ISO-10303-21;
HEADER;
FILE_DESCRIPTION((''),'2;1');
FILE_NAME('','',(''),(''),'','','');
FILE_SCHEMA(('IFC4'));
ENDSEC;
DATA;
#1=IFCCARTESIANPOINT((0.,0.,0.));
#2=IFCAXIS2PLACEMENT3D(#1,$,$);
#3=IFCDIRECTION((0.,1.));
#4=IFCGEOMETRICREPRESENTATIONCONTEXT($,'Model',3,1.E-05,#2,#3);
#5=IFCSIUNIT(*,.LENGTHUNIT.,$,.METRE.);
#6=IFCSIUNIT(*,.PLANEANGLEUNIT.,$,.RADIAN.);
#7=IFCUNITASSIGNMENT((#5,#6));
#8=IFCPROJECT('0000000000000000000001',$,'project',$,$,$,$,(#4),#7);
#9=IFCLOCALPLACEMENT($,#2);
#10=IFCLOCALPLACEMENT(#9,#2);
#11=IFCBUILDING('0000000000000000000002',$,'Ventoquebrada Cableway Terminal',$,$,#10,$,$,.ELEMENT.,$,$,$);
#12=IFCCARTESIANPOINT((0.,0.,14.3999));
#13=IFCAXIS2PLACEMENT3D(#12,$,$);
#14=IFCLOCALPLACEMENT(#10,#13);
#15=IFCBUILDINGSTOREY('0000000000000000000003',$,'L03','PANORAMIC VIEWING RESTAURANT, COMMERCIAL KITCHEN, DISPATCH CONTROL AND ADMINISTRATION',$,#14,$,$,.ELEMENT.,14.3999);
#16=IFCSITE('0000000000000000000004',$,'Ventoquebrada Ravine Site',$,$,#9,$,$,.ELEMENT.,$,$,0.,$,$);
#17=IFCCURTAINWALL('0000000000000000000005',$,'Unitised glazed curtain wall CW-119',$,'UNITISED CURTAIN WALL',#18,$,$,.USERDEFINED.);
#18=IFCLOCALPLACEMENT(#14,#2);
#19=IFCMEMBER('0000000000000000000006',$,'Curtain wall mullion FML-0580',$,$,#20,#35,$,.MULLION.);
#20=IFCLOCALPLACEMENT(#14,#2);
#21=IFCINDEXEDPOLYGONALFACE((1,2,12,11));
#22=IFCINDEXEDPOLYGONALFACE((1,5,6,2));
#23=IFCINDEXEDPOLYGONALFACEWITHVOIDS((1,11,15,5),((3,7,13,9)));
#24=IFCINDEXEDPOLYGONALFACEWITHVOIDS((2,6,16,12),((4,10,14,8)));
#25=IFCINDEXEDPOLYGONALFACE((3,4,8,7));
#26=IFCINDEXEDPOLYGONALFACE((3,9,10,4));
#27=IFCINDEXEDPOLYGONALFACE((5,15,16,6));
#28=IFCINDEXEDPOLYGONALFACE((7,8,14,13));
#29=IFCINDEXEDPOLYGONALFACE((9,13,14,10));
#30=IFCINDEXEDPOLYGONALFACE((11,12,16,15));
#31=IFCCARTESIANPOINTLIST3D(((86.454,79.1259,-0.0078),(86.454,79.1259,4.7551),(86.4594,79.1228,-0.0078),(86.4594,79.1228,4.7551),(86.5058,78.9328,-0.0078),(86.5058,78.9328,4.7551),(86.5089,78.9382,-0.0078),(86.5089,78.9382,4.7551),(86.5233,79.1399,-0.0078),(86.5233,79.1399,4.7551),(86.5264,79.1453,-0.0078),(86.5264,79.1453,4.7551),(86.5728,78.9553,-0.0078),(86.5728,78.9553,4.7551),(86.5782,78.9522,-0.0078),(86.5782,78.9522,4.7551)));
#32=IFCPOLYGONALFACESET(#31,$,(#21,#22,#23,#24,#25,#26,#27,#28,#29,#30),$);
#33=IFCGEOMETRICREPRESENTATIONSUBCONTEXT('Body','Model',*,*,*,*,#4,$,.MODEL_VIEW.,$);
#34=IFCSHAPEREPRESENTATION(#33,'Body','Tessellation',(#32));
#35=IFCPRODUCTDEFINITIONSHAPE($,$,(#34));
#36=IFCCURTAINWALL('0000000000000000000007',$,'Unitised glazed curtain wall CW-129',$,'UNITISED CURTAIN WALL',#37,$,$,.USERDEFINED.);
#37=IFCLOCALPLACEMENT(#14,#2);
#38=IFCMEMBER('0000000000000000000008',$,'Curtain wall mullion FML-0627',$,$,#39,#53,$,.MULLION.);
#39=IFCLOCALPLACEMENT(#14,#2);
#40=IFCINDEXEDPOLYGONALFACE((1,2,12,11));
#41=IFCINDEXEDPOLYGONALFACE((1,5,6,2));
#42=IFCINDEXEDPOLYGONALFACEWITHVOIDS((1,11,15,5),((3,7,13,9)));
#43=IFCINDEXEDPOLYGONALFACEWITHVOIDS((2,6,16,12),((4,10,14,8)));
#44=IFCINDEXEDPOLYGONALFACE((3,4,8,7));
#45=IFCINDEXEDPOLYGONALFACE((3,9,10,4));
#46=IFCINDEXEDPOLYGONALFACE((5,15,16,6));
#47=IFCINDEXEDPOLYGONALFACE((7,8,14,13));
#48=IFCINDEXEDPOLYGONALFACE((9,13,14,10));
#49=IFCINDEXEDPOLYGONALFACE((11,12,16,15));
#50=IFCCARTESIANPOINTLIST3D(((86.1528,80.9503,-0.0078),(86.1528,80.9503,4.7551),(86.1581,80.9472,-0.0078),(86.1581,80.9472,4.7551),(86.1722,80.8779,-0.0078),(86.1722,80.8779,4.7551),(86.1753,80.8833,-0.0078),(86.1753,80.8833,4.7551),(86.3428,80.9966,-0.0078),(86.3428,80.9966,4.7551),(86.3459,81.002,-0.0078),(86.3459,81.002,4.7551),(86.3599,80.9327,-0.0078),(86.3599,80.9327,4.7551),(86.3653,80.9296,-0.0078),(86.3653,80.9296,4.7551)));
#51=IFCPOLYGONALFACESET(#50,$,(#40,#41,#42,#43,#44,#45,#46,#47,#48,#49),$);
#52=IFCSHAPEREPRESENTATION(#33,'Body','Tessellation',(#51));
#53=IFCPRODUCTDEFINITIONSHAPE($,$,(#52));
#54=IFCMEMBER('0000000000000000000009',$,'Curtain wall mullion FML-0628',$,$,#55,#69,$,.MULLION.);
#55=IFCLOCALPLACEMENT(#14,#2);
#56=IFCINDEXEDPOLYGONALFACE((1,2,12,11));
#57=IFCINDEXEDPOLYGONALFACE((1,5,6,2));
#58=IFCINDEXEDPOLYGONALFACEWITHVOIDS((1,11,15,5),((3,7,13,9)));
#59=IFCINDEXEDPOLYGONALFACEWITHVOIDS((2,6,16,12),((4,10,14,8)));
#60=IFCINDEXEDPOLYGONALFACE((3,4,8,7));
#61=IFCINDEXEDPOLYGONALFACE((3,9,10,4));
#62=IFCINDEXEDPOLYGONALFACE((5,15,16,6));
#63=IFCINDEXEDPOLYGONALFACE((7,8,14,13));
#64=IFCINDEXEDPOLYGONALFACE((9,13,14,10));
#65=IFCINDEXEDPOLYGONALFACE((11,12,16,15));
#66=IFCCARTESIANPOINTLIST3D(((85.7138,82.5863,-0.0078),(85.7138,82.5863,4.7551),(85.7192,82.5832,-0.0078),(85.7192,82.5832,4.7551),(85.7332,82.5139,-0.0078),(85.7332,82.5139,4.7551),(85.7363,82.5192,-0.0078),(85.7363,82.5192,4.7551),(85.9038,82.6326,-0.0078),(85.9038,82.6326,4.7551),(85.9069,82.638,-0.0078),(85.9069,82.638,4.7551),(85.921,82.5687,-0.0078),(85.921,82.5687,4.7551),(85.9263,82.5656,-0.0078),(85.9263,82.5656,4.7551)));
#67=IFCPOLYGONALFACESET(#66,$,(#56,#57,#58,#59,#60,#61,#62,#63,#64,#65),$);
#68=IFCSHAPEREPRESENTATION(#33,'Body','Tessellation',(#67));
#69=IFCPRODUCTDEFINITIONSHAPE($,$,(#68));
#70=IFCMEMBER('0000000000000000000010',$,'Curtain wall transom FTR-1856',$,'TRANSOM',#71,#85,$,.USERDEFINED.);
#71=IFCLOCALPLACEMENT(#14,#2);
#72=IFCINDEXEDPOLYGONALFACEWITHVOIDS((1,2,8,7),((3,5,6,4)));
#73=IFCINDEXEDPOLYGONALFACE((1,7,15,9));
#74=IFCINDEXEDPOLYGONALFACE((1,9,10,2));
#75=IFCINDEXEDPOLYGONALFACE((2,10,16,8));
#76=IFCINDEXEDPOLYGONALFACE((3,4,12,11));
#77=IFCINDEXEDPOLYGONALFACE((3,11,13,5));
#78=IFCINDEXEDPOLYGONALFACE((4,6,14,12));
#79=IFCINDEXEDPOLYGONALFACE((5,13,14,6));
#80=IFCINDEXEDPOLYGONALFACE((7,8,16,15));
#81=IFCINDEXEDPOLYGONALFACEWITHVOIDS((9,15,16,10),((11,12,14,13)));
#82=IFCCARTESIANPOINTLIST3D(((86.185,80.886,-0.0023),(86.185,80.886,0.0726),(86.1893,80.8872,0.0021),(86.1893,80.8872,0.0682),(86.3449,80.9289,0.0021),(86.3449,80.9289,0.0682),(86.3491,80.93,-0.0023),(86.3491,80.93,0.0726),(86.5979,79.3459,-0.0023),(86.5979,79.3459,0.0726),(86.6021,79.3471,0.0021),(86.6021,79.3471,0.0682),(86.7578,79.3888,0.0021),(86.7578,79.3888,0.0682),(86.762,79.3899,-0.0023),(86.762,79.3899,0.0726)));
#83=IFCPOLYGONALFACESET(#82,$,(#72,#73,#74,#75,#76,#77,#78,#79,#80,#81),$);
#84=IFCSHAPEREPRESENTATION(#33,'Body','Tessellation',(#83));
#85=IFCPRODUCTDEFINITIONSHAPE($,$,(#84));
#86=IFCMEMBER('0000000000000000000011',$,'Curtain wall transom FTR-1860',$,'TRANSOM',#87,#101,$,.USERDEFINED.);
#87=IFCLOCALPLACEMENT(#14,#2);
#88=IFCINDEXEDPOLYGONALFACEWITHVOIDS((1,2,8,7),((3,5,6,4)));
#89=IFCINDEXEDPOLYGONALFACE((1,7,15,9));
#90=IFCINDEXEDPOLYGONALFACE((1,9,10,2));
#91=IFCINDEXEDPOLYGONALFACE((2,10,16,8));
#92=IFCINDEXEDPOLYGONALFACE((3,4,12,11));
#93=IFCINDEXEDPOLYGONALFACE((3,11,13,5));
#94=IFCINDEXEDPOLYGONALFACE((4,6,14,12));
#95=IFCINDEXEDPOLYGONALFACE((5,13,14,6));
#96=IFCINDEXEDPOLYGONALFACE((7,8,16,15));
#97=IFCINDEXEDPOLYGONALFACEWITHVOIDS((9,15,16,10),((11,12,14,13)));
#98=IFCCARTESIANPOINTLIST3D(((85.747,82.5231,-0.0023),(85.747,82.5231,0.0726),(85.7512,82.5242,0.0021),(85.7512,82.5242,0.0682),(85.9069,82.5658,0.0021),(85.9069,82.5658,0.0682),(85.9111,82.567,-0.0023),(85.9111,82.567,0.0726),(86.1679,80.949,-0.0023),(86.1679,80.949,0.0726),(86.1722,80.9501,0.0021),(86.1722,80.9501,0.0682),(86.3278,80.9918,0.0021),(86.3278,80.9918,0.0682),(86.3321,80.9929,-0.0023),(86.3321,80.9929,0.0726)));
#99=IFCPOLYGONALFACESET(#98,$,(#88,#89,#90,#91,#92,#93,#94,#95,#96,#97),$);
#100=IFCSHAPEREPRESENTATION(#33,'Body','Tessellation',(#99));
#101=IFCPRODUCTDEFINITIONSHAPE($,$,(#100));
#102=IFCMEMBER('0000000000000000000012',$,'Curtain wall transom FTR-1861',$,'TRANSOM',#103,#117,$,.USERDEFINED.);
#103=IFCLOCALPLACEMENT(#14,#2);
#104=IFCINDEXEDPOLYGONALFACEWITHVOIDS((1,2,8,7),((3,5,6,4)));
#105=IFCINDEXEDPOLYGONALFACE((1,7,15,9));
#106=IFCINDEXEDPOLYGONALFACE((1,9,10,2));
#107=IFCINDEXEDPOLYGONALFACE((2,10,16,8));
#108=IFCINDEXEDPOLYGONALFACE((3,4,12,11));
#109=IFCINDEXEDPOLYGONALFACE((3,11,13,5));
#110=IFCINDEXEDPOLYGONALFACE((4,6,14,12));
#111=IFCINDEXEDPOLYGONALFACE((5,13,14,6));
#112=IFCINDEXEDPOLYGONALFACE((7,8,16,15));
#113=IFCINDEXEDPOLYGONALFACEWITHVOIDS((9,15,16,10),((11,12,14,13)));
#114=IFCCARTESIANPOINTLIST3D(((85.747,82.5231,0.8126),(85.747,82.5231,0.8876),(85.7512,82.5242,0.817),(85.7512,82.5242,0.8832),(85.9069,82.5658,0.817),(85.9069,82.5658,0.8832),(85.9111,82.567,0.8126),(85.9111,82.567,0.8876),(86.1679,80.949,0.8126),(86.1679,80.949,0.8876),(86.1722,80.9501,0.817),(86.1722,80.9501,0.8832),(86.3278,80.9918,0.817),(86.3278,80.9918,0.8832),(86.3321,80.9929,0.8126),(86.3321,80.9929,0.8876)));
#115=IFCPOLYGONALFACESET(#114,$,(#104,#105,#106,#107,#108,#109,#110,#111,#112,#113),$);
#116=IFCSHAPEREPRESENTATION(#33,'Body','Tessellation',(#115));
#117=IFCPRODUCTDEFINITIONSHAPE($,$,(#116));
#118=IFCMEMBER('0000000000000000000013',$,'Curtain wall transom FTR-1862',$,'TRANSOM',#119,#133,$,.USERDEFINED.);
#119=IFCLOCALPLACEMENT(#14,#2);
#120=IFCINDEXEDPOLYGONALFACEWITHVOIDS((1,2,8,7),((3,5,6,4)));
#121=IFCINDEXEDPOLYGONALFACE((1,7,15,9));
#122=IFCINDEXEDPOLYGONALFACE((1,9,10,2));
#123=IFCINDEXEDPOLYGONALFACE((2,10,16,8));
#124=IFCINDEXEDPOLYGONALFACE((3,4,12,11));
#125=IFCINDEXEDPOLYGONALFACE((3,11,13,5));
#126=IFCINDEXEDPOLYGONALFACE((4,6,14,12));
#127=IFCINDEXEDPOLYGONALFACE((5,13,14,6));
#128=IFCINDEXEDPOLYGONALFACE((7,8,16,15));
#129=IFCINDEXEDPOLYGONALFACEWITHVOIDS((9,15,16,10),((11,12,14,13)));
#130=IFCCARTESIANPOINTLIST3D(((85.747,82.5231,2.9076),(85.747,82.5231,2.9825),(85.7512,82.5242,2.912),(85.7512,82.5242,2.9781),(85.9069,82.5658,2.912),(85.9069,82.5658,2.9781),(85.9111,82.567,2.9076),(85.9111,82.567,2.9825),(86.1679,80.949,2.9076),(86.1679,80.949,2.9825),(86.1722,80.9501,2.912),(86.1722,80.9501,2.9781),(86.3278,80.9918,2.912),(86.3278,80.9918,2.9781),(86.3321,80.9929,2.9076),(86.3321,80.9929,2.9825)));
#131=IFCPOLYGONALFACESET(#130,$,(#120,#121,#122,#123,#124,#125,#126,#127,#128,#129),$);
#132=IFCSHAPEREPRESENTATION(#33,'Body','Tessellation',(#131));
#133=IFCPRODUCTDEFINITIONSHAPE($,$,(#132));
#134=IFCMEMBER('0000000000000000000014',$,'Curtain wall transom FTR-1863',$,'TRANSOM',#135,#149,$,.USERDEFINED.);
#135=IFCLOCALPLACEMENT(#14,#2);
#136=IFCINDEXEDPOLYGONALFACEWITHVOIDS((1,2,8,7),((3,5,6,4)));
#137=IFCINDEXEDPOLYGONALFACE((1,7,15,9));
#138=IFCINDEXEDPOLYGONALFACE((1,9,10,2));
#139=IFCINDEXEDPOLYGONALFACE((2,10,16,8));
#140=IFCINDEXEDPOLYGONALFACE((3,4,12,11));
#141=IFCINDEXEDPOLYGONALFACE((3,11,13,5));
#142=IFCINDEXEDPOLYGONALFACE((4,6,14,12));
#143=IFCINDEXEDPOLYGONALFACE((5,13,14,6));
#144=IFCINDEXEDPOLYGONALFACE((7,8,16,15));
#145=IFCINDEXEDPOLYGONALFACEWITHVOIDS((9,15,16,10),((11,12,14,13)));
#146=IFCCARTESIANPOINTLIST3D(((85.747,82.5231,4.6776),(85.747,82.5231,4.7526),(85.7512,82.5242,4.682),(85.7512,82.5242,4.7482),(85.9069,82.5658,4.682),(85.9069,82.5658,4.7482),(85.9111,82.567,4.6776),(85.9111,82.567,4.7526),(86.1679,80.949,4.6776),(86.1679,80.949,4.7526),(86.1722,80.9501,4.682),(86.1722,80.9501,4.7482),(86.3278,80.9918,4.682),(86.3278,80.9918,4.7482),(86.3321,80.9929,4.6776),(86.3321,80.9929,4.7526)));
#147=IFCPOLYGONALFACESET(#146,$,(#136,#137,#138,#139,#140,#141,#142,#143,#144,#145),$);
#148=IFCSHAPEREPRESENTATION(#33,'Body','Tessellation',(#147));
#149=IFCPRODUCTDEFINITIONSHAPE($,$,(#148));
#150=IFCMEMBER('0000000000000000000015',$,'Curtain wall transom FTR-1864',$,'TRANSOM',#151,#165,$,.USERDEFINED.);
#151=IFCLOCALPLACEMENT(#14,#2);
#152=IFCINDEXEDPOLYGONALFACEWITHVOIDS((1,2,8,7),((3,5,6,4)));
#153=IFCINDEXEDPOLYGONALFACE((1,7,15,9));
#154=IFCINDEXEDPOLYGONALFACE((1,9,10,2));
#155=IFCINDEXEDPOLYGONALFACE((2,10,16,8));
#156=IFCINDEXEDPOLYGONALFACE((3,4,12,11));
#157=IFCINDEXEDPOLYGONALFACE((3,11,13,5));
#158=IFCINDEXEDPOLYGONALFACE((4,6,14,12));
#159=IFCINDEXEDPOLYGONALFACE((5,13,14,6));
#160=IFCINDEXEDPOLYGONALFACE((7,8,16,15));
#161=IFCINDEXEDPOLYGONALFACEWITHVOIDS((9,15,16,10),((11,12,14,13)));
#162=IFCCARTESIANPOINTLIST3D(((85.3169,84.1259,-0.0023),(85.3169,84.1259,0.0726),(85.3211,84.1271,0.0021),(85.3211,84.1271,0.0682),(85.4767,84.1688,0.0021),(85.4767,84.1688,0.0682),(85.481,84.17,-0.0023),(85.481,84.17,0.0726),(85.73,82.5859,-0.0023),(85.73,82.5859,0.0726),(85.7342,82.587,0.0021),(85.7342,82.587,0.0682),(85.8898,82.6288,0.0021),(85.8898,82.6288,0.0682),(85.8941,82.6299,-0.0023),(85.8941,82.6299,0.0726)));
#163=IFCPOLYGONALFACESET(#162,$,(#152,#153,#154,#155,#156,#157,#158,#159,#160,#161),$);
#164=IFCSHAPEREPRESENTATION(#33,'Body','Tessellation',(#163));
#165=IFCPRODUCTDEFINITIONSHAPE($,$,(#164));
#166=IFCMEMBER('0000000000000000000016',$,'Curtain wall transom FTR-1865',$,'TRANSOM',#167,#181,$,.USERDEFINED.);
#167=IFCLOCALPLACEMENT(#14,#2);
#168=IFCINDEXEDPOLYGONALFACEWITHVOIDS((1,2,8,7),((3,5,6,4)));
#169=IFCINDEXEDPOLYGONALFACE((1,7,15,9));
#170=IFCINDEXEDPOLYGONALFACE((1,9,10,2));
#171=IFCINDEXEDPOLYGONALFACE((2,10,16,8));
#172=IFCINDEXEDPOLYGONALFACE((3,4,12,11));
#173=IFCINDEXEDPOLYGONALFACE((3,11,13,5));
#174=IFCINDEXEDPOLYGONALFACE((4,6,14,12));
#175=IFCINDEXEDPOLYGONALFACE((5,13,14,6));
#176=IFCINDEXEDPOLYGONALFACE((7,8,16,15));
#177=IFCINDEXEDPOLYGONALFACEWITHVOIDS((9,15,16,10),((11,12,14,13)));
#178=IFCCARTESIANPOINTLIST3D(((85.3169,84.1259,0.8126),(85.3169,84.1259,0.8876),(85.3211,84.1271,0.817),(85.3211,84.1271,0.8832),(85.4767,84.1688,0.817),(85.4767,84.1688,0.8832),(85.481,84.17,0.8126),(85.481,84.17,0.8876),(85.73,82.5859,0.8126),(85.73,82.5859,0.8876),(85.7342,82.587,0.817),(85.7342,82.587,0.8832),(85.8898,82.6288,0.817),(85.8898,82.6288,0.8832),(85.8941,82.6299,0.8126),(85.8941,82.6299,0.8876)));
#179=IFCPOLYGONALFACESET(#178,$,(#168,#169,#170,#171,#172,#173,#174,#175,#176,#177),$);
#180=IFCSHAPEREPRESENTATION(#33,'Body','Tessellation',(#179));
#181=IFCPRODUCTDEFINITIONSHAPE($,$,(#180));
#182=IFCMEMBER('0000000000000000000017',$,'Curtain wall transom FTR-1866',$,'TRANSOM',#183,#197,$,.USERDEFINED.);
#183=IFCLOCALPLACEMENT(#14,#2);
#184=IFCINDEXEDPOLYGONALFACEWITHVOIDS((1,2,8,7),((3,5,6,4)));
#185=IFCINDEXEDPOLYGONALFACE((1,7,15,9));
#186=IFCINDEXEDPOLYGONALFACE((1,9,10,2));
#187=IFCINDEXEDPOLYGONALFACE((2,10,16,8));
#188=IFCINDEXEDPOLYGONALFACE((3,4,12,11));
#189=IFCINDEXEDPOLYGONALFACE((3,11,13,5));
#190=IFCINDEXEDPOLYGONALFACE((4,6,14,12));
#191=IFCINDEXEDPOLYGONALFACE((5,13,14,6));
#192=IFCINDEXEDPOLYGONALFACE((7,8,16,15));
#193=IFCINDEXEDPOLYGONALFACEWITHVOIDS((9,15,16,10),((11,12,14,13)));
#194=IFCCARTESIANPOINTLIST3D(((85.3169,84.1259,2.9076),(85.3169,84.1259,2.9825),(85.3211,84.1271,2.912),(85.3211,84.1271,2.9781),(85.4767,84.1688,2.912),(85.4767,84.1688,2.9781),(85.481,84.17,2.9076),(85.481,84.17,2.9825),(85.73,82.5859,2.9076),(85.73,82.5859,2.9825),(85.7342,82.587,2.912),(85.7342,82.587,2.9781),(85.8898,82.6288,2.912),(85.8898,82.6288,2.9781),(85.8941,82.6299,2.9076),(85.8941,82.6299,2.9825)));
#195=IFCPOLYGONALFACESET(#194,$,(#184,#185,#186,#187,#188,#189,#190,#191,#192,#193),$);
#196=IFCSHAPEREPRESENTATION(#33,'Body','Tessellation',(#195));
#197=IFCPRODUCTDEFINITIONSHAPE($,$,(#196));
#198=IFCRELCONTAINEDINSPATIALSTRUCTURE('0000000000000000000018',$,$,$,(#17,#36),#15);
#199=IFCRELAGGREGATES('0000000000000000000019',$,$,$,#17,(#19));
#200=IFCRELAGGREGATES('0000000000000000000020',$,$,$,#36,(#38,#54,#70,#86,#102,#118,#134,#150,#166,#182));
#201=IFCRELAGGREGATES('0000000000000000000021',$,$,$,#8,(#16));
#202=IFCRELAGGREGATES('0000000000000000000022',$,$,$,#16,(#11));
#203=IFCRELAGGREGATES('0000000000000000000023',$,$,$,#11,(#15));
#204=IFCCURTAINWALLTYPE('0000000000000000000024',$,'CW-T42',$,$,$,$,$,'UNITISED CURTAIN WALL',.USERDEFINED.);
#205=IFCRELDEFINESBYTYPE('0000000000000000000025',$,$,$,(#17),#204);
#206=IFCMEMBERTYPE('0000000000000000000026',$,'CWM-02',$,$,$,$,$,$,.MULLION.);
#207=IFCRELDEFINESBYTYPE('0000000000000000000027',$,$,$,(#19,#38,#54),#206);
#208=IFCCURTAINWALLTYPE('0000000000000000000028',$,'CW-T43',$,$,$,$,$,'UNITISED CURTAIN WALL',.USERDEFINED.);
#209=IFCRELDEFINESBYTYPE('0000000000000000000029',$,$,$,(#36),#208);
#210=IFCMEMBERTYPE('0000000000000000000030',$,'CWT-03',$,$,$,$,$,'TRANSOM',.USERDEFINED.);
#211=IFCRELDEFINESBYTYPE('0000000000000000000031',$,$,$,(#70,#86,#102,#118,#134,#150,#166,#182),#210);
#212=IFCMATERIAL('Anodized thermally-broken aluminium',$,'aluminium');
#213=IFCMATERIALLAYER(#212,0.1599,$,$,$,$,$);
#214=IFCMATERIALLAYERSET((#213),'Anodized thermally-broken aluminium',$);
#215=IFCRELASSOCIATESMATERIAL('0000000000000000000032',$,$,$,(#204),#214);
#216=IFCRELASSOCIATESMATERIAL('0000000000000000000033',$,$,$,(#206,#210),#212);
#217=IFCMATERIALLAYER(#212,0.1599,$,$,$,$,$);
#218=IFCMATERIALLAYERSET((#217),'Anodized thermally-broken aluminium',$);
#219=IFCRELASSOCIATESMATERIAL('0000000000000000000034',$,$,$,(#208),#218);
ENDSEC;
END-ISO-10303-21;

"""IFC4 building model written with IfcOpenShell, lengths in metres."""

from ifc_helpers import new_model, si_unit, direction, frame, origin, origin_2d, place, context, subcontext, project, spatial, hollow_rectangle, extrude, material, layer, layer_set, material_profile, profile_set, type_object, element, aggregate, save


model = new_model("IFC4")

# Units and contexts
model_context = context("Model", 3, precision=1e-05, world=origin(), true_north=direction((0.0, 1.0)))
body_context = subcontext(model_context, "Body", "Model", "MODEL_VIEW")
ifc_project = project(units=[si_unit("LENGTHUNIT", "METRE"), si_unit("PLANEANGLEUNIT", "RADIAN")], contexts=[model_context])

# Site, building, storey
site_placement = place(None, origin())
site = spatial("IfcSite", under=ifc_project, at=site_placement, Name="Ventoquebrada Ravine Site", CompositionType="ELEMENT", RefElevation=0.0)
building_placement = place(site_placement, origin())
building = spatial("IfcBuilding", under=site, at=building_placement, Name="Ventoquebrada Cableway Terminal", CompositionType="ELEMENT")
storey_placement = place(building_placement, frame((0.0, 0.0, 14.3999)))
storey = spatial("IfcBuildingStorey", under=building, at=storey_placement, Name="L03", Description="PANORAMIC VIEWING RESTAURANT, COMMERCIAL KITCHEN, DISPATCH CONTROL AND ADMINISTRATION", CompositionType="ELEMENT", Elevation=14.3999)

# Curtain wall, member
ifc_material_1 = material(Name="Anodized thermally-broken aluminium", Category="aluminium")
ifc_layer_1 = layer(ifc_material_1, 0.1599)
ifc_layer_set_1 = layer_set([ifc_layer_1], Name="Anodized thermally-broken aluminium")
curtain_wall_type_1 = type_object("IfcCurtainWallType", Name="CW-T42", ElementType="UNITISED CURTAIN WALL", PredefinedType="USERDEFINED", material=ifc_layer_set_1)
curtain_wall_1_placement = place(storey_placement, origin())
curtain_wall_1 = element("IfcCurtainWall", 1, at=curtain_wall_1_placement, inside=storey, type_object=curtain_wall_type_1, Name="Unitised glazed curtain wall CW-119", ObjectType="UNITISED CURTAIN WALL", PredefinedType="USERDEFINED")
ifc_material_profile_1 = material_profile(ifc_material_1, hollow_rectangle(XDim=0.075, YDim=0.2, WallThickness=0.0044, at=origin_2d()), Name="CW-MUL-75X200")
ifc_profile_set_1 = profile_set([ifc_material_profile_1], Name="Anodized thermally-broken aluminium")
member_type_1 = type_object("IfcMemberType", Name="CWM-02", PredefinedType="MULLION", material=ifc_profile_set_1)
member_1_placement = place(storey_placement, frame((86.5161, 79.0391, -0.0078), z_axis=(0.0, 0.0, 1.0), x_axis=(0.965912, 0.25887, 0.0)))
member_1 = element("IfcMember", 2, at=member_1_placement, type_object=member_type_1, Name="Curtain wall mullion FML-0580", PredefinedType="MULLION", context=body_context, shape_type="SweptSolid", body=[
    extrude(hollow_rectangle(XDim=0.075, YDim=0.2, WallThickness=0.0044, at=origin_2d()), origin(), (0.0, 0.0, 1.0), 4.7629),
])

# Curtain wall, members
ifc_layer_2 = layer(ifc_material_1, 0.1599)
ifc_layer_set_2 = layer_set([ifc_layer_2], Name="Anodized thermally-broken aluminium")
curtain_wall_type_2 = type_object("IfcCurtainWallType", Name="CW-T43", ElementType="UNITISED CURTAIN WALL", PredefinedType="USERDEFINED", material=ifc_layer_set_2)
curtain_wall_2_placement = place(storey_placement, origin())
curtain_wall_2 = element("IfcCurtainWall", 3, at=curtain_wall_2_placement, inside=storey, type_object=curtain_wall_type_2, Name="Unitised glazed curtain wall CW-129", ObjectType="UNITISED CURTAIN WALL", PredefinedType="USERDEFINED")
member_2_placement = place(storey_placement, frame((86.259, 80.9399, -0.0078), z_axis=(0.0, 0.0, 1.0), x_axis=(-0.258701, 0.965957, 0.0)))
member_2 = element("IfcMember", 4, at=member_2_placement, type_object=member_type_1, Name="Curtain wall mullion FML-0627", PredefinedType="MULLION", context=body_context, shape_type="SweptSolid", body=[
    extrude(hollow_rectangle(XDim=0.075, YDim=0.2, WallThickness=0.0044, at=origin_2d()), origin(), (0.0, 0.0, 1.0), 4.7629),
])
member_3_placement = place(storey_placement, frame((85.8201, 82.5759, -0.0078), z_axis=(0.0, 0.0, 1.0), x_axis=(-0.258701, 0.965957, 0.0)))
member_3 = element("IfcMember", 5, at=member_3_placement, type_object=member_type_1, Name="Curtain wall mullion FML-0628", PredefinedType="MULLION", context=body_context, shape_type="SweptSolid", body=[
    extrude(hollow_rectangle(XDim=0.075, YDim=0.2, WallThickness=0.0044, at=origin_2d()), origin(), (0.0, 0.0, 1.0), 4.7629),
])
ifc_material_profile_2 = material_profile(ifc_material_1, hollow_rectangle(XDim=0.075, YDim=0.1699, WallThickness=0.0044, at=origin_2d()), Name="CW-TRN-75X170")
ifc_profile_set_2 = profile_set([ifc_material_profile_2], Name="Anodized thermally-broken aluminium")
member_type_2 = type_object("IfcMemberType", Name="CWT-03", ElementType="TRANSOM", PredefinedType="USERDEFINED", material=ifc_profile_set_2)
member_4_placement = place(storey_placement, frame((86.6799, 79.3679, 0.0352), z_axis=(-0.25893, 0.965896, 0.0), x_axis=(0.0, 0.0, 1.0)))
member_4 = element("IfcMember", 6, at=member_4_placement, type_object=member_type_2, Name="Curtain wall transom FTR-1856", ObjectType="TRANSOM", PredefinedType="USERDEFINED", context=body_context, shape_type="SweptSolid", body=[
    extrude(hollow_rectangle(XDim=0.075, YDim=0.1699, WallThickness=0.0044, at=origin_2d()), origin(), (0.0, 0.0, 1.0), 1.5945),
])
member_5_placement = place(storey_placement, frame((86.25, 80.9709, 0.0352), z_axis=(-0.258334, 0.966056, 0.0), x_axis=(0.0, 0.0, 1.0)))
member_5 = element("IfcMember", 7, at=member_5_placement, type_object=member_type_2, Name="Curtain wall transom FTR-1860", ObjectType="TRANSOM", PredefinedType="USERDEFINED", context=body_context, shape_type="SweptSolid", body=[
    extrude(hollow_rectangle(XDim=0.075, YDim=0.1699, WallThickness=0.0044, at=origin_2d()), origin(), (0.0, 0.0, 1.0), 1.6294),
])
member_6_placement = place(storey_placement, frame((86.25, 80.9709, 0.8501), z_axis=(-0.258334, 0.966056, 0.0), x_axis=(0.0, 0.0, 1.0)))
member_6 = element("IfcMember", 8, at=member_6_placement, type_object=member_type_2, Name="Curtain wall transom FTR-1861", ObjectType="TRANSOM", PredefinedType="USERDEFINED", context=body_context, shape_type="SweptSolid", body=[
    extrude(hollow_rectangle(XDim=0.075, YDim=0.1699, WallThickness=0.0044, at=origin_2d()), origin(), (0.0, 0.0, 1.0), 1.6294),
])
member_7_placement = place(storey_placement, frame((86.25, 80.9709, 2.9451), z_axis=(-0.258334, 0.966056, 0.0), x_axis=(0.0, 0.0, 1.0)))
member_7 = element("IfcMember", 9, at=member_7_placement, type_object=member_type_2, Name="Curtain wall transom FTR-1862", ObjectType="TRANSOM", PredefinedType="USERDEFINED", context=body_context, shape_type="SweptSolid", body=[
    extrude(hollow_rectangle(XDim=0.075, YDim=0.1699, WallThickness=0.0044, at=origin_2d()), origin(), (0.0, 0.0, 1.0), 1.6294),
])
member_8_placement = place(storey_placement, frame((86.25, 80.9709, 4.7151), z_axis=(-0.258334, 0.966056, 0.0), x_axis=(0.0, 0.0, 1.0)))
member_8 = element("IfcMember", 10, at=member_8_placement, type_object=member_type_2, Name="Curtain wall transom FTR-1863", ObjectType="TRANSOM", PredefinedType="USERDEFINED", context=body_context, shape_type="SweptSolid", body=[
    extrude(hollow_rectangle(XDim=0.075, YDim=0.1699, WallThickness=0.0044, at=origin_2d()), origin(), (0.0, 0.0, 1.0), 1.6294),
])
member_9_placement = place(storey_placement, frame((85.812, 82.6079, 0.0352), z_axis=(-0.259073, 0.965858, 0.0), x_axis=(0.0, 0.0, 1.0)))
member_9 = element("IfcMember", 11, at=member_9_placement, type_object=member_type_2, Name="Curtain wall transom FTR-1864", ObjectType="TRANSOM", PredefinedType="USERDEFINED", context=body_context, shape_type="SweptSolid", body=[
    extrude(hollow_rectangle(XDim=0.075, YDim=0.1699, WallThickness=0.0044, at=origin_2d()), origin(), (0.0, 0.0, 1.0), 1.5945),
])
member_10_placement = place(storey_placement, frame((85.812, 82.6079, 0.8501), z_axis=(-0.259073, 0.965858, 0.0), x_axis=(0.0, 0.0, 1.0)))
member_10 = element("IfcMember", 12, at=member_10_placement, type_object=member_type_2, Name="Curtain wall transom FTR-1865", ObjectType="TRANSOM", PredefinedType="USERDEFINED", context=body_context, shape_type="SweptSolid", body=[
    extrude(hollow_rectangle(XDim=0.075, YDim=0.1699, WallThickness=0.0044, at=origin_2d()), origin(), (0.0, 0.0, 1.0), 1.5945),
])
member_11_placement = place(storey_placement, frame((85.812, 82.6079, 2.9451), z_axis=(-0.259073, 0.965858, 0.0), x_axis=(0.0, 0.0, 1.0)))
member_11 = element("IfcMember", 13, at=member_11_placement, type_object=member_type_2, Name="Curtain wall transom FTR-1866", ObjectType="TRANSOM", PredefinedType="USERDEFINED", context=body_context, shape_type="SweptSolid", body=[
    extrude(hollow_rectangle(XDim=0.075, YDim=0.1699, WallThickness=0.0044, at=origin_2d()), origin(), (0.0, 0.0, 1.0), 1.5945),
])

aggregate(curtain_wall_1, [member_1])
aggregate(curtain_wall_2, [member_2, member_3, member_4, member_5, member_6, member_7, member_8, member_9, member_10, member_11])

save(model, "model.ifc")
